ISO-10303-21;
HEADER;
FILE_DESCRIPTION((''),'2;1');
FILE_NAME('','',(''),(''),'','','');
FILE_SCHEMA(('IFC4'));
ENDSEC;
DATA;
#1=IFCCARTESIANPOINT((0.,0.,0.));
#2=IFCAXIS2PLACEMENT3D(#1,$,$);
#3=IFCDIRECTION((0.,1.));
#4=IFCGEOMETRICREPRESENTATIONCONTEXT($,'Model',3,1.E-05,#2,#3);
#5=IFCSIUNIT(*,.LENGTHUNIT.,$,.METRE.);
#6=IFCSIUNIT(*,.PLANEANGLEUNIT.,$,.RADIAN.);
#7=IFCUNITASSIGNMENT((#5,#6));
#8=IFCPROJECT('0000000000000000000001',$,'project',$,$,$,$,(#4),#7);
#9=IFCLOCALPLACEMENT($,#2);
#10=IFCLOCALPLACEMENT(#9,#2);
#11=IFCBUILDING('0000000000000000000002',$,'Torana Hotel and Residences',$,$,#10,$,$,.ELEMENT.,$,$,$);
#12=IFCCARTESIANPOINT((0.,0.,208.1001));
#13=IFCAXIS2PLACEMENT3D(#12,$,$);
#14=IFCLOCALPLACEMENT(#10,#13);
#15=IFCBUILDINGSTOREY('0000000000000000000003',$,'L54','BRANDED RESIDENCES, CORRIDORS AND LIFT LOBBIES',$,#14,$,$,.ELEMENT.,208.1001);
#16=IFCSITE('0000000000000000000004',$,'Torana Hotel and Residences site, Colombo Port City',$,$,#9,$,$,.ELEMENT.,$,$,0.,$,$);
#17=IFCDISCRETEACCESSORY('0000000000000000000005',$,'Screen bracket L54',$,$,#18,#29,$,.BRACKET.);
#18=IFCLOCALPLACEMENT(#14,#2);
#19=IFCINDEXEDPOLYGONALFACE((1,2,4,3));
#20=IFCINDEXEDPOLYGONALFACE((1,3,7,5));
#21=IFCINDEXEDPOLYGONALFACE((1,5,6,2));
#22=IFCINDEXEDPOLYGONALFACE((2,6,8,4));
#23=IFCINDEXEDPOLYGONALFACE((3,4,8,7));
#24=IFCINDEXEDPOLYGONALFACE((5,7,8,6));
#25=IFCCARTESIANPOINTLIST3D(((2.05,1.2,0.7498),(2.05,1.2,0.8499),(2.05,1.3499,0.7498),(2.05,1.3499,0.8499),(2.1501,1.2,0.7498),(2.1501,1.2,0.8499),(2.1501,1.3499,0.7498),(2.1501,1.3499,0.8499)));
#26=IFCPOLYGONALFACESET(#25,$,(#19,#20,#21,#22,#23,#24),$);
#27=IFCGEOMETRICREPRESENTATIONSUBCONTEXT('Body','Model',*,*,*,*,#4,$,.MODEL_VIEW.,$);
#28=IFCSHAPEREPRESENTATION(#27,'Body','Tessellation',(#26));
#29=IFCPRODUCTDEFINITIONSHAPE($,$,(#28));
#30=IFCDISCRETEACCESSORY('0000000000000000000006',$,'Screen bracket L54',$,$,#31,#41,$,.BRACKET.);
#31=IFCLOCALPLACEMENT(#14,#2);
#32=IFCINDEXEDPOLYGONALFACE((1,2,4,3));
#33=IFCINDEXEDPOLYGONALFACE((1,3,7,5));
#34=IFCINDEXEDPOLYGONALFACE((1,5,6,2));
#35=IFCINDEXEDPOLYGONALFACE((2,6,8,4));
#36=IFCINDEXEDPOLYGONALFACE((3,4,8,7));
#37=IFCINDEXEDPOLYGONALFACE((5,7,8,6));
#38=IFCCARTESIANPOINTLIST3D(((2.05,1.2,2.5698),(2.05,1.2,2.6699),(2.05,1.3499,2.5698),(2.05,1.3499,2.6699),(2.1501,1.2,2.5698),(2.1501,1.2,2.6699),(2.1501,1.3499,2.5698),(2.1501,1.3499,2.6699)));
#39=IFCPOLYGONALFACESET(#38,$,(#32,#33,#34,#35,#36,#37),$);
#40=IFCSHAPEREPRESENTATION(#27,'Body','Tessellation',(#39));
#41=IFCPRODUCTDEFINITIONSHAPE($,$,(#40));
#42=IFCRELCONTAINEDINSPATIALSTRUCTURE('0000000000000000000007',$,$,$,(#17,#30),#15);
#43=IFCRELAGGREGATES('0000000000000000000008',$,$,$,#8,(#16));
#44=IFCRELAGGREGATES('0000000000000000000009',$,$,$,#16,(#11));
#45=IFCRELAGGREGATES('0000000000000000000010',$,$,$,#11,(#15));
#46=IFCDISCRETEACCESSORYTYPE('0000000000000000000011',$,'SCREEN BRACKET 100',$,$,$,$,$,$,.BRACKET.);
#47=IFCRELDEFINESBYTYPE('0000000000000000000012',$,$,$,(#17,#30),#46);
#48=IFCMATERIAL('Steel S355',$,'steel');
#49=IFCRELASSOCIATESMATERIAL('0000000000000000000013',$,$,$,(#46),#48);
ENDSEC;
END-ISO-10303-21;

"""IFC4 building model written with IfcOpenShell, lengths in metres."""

from ifc_helpers import new_model, si_unit, direction, frame, origin, origin_2d, place, context, subcontext, project, spatial, rectangle, extrude, material, type_object, element, save


model = new_model("IFC4")

# Units and contexts
model_context = context("Model", 3, precision=1e-05, world=origin(), true_north=direction((0.0, 1.0)))
body_context = subcontext(model_context, "Body", "Model", "MODEL_VIEW")
ifc_project = project(units=[si_unit("LENGTHUNIT", "METRE"), si_unit("PLANEANGLEUNIT", "RADIAN")], contexts=[model_context])

# Site, building, storey
site_placement = place(None, origin())
site = spatial("IfcSite", under=ifc_project, at=site_placement, Name="Torana Hotel and Residences site, Colombo Port City", CompositionType="ELEMENT", RefElevation=0.0)
building_placement = place(site_placement, origin())
building = spatial("IfcBuilding", under=site, at=building_placement, Name="Torana Hotel and Residences", CompositionType="ELEMENT")
storey_placement = place(building_placement, frame((0.0, 0.0, 208.1001)))
storey = spatial("IfcBuildingStorey", under=building, at=storey_placement, Name="L54", Description="BRANDED RESIDENCES, CORRIDORS AND LIFT LOBBIES", CompositionType="ELEMENT", Elevation=208.1001)

# Discrete accessories
ifc_material_1 = material(Name="Steel S355", Category="steel")
discrete_accessory_type = type_object("IfcDiscreteAccessoryType", Name="SCREEN BRACKET 100", PredefinedType="BRACKET", material=ifc_material_1)
for number, where, z_axis, x_axis, name in (
    (1, (2.1001, 1.2749, 0.7498), (0.0, 0.0, 1.0), (-1.0, 0.0, 0.0), "Screen bracket L54"),
    (2, (2.1001, 1.2749, 2.5698), (0.0, 0.0, 1.0), (-1.0, 0.0, 0.0), "Screen bracket L54"),
):
    element("IfcDiscreteAccessory", number, at=place(storey_placement, frame(where, z_axis=z_axis, x_axis=x_axis)), inside=storey, type_object=discrete_accessory_type, Name=name, PredefinedType="BRACKET", context=body_context, shape_type="SweptSolid", body=[
        extrude(rectangle(XDim=0.1001, YDim=0.1499, at=origin_2d()), origin(), (0.0, 0.0, 1.0), 0.1001),
    ])

save(model, "model.ifc")
